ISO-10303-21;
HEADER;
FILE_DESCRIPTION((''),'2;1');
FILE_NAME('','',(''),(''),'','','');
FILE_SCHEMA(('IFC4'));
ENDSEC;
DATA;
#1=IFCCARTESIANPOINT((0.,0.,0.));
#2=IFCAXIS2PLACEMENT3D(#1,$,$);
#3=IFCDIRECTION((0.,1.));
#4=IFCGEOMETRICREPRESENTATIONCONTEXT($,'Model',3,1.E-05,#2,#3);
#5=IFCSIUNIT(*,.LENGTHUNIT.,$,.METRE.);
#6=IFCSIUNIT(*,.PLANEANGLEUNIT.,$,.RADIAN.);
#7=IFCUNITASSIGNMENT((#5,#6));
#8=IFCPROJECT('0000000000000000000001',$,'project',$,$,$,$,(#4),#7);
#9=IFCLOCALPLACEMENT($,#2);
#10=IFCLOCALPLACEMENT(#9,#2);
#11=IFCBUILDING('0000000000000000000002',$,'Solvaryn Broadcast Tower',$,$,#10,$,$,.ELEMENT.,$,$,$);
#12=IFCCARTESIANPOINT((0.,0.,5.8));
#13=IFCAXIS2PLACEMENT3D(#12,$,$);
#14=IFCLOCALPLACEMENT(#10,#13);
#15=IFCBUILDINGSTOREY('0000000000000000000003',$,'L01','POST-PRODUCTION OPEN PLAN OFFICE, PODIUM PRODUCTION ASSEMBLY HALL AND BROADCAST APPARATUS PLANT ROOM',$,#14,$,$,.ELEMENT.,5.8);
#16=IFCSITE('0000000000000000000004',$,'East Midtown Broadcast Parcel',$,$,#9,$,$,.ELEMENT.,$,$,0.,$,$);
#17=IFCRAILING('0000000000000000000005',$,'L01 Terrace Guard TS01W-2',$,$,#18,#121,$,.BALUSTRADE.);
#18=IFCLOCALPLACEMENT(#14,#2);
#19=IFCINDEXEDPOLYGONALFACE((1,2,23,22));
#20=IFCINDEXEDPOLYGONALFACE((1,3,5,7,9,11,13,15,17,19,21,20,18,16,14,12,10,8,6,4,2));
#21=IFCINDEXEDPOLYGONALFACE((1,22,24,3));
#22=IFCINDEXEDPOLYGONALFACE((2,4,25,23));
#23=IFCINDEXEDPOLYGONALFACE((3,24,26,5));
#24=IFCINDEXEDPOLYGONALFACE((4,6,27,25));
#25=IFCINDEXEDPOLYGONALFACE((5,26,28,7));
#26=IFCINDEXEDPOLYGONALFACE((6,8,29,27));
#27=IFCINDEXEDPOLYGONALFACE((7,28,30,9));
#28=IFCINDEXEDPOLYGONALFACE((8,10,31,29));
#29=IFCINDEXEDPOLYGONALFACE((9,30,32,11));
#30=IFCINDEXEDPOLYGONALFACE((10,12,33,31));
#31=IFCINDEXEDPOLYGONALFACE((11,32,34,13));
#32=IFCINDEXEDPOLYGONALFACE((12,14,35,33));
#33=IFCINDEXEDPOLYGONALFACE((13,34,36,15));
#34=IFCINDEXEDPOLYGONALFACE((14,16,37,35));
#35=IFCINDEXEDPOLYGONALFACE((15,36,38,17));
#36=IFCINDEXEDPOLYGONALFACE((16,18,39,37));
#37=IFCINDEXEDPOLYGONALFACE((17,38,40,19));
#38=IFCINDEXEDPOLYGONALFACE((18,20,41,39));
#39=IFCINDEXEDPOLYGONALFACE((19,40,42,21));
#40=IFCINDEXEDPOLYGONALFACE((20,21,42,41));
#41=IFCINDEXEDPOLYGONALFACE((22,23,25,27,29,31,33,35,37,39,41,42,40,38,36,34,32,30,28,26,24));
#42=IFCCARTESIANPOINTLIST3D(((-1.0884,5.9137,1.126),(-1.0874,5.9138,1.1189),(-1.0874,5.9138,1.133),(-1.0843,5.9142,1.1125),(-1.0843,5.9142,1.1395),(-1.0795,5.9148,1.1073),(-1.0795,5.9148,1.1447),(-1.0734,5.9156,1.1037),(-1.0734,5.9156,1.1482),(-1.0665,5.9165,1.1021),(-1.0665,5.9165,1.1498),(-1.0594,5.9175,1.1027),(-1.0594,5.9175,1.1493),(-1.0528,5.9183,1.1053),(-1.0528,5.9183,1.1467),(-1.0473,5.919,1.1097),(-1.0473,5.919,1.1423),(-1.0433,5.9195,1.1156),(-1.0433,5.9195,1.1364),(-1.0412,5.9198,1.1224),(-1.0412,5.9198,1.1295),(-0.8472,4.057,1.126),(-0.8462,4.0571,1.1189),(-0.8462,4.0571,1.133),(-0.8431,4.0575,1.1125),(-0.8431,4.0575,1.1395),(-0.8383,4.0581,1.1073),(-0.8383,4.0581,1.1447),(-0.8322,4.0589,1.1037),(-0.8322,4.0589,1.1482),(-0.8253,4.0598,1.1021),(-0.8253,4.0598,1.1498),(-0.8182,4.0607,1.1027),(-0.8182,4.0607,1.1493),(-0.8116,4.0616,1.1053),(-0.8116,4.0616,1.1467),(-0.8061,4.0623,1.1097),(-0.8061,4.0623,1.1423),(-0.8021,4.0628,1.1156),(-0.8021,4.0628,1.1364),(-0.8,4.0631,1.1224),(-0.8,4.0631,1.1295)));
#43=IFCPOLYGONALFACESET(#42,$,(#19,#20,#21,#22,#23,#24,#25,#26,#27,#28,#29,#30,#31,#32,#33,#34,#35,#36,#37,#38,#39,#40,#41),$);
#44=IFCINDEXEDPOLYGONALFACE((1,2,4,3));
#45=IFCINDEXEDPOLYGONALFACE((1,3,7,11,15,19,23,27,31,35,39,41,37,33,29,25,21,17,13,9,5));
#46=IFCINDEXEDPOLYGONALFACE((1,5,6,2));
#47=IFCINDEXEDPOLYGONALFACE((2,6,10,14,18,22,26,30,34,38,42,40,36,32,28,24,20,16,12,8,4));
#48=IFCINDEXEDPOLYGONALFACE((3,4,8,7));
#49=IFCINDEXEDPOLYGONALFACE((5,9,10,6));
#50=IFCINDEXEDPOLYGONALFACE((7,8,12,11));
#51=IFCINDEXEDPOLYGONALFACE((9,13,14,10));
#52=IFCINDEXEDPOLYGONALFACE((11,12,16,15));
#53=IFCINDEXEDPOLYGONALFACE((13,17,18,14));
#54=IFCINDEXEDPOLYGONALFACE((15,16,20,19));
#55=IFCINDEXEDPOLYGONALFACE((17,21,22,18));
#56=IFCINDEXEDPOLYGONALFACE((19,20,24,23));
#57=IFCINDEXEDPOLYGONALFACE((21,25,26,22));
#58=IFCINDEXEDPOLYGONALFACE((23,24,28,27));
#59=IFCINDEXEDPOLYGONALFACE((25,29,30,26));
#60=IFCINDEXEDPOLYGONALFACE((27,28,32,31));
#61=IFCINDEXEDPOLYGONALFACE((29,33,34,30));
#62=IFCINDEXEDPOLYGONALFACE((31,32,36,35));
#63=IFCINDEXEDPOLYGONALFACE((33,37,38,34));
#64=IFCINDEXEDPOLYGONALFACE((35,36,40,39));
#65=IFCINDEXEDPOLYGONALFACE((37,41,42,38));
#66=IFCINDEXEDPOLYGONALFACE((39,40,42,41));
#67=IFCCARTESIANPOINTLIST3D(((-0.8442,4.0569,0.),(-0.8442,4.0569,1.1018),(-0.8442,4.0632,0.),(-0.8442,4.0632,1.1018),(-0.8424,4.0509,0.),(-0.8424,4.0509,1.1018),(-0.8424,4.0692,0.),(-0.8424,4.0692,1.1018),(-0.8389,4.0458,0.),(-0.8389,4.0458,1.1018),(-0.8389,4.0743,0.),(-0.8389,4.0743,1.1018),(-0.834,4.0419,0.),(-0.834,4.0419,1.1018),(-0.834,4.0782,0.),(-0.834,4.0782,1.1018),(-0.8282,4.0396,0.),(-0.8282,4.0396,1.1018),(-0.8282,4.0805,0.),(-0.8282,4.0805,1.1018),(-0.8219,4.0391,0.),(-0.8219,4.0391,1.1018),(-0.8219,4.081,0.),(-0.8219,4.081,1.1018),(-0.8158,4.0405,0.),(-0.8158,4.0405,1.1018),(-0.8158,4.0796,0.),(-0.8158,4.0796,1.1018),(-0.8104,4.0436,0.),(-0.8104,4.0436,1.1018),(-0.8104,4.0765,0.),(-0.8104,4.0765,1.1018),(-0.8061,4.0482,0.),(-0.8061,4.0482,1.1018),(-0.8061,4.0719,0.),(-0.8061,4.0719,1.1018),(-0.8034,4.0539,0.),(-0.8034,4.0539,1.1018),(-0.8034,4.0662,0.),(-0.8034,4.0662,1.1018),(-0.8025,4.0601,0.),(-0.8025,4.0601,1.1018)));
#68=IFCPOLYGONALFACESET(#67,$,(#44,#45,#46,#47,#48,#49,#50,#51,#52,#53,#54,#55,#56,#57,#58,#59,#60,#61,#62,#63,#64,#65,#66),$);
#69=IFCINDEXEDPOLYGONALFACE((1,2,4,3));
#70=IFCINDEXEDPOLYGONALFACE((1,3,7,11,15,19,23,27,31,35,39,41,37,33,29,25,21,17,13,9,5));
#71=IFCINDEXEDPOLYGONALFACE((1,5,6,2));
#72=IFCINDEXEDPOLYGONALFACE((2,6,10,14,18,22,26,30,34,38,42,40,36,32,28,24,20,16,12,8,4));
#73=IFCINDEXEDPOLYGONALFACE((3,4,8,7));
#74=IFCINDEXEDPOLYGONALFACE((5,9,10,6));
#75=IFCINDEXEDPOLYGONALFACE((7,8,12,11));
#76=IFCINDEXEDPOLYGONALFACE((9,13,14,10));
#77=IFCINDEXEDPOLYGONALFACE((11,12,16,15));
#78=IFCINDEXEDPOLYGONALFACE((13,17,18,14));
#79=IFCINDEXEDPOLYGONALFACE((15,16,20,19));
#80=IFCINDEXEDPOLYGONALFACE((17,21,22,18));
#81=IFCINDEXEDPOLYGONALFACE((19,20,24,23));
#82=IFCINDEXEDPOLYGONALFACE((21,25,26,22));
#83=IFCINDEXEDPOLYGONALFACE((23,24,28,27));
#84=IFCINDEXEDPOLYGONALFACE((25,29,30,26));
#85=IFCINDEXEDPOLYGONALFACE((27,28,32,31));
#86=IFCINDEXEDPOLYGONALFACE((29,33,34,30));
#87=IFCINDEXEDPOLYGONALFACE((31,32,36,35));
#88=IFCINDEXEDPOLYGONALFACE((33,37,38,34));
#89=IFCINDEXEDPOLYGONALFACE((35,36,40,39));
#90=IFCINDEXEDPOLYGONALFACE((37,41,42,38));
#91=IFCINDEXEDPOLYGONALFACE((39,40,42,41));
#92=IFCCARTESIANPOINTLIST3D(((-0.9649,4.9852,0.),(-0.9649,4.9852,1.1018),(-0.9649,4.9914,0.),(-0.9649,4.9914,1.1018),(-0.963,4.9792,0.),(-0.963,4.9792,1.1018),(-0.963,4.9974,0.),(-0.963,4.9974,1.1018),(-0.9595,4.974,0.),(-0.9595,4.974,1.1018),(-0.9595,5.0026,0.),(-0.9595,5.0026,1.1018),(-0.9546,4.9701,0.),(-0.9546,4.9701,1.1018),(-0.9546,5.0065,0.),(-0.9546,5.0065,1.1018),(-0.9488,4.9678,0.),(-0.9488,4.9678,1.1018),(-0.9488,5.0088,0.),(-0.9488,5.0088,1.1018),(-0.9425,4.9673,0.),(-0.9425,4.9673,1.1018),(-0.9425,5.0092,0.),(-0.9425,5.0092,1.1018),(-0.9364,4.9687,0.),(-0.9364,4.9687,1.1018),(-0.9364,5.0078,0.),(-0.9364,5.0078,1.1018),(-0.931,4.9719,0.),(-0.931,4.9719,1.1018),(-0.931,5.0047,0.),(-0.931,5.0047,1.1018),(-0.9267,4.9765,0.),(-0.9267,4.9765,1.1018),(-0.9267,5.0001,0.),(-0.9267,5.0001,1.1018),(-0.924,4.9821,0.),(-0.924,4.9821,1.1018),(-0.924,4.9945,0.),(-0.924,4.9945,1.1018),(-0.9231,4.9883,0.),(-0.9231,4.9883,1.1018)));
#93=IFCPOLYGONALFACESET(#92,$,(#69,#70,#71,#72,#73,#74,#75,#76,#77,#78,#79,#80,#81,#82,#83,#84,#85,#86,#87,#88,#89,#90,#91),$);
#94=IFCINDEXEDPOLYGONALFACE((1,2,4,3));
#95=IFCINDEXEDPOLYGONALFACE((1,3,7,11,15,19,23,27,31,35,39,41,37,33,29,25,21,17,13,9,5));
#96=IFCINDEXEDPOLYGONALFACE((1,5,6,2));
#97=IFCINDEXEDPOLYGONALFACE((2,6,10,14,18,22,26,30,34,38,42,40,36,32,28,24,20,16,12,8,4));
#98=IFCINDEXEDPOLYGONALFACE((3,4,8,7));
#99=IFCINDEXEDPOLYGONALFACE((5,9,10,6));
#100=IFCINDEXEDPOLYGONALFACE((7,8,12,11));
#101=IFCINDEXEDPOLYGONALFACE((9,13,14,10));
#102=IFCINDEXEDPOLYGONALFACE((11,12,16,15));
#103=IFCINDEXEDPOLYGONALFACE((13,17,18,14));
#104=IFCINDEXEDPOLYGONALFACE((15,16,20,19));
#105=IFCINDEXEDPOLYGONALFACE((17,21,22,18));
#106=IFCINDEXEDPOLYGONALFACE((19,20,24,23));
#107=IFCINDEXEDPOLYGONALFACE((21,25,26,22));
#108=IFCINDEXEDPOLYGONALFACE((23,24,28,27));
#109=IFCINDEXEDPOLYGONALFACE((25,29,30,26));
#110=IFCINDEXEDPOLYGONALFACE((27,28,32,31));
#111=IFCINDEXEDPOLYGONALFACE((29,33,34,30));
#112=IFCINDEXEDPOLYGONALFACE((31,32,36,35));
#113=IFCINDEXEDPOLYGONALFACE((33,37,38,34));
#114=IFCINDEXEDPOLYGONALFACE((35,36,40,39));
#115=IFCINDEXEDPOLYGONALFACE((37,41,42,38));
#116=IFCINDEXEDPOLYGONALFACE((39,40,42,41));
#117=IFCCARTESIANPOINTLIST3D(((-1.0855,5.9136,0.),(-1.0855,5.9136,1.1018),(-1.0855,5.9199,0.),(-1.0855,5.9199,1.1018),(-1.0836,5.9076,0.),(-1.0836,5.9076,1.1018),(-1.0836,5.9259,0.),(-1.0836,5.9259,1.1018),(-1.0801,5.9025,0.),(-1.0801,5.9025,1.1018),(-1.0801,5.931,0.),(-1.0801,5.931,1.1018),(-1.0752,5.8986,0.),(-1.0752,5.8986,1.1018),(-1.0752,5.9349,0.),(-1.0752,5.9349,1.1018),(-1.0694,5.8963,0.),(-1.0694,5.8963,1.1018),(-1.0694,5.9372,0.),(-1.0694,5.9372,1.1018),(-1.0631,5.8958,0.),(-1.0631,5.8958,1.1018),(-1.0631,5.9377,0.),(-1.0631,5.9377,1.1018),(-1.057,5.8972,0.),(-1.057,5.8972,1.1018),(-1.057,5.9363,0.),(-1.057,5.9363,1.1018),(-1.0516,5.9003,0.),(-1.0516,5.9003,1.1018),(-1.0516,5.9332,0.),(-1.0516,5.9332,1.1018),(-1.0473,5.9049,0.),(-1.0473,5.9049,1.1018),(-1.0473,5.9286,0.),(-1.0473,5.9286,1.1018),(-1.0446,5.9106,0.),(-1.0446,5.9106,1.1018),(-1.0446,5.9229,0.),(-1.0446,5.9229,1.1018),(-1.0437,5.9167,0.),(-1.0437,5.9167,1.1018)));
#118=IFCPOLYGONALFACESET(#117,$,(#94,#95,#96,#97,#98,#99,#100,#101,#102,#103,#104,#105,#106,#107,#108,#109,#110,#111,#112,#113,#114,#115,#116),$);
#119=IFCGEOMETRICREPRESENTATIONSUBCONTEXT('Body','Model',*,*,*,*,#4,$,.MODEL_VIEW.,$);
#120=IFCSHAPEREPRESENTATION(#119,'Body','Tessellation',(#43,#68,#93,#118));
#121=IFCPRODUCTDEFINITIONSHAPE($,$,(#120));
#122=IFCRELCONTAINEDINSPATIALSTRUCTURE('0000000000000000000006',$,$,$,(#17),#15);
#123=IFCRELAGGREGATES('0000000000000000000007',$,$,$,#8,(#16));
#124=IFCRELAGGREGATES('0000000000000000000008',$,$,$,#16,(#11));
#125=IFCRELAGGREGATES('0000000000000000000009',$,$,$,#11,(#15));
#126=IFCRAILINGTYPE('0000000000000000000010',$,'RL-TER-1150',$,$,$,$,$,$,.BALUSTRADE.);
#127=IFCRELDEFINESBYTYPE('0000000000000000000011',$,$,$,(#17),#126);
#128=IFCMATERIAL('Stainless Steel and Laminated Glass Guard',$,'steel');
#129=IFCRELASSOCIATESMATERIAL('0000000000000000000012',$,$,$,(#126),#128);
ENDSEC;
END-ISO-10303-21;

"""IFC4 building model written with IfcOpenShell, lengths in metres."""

from ifc_helpers import new_model, si_unit, direction, frame, origin, origin_2d, place, context, subcontext, project, spatial, circle, extrude, material, type_object, element, save


model = new_model("IFC4")

# Units and contexts
model_context = context("Model", 3, precision=1e-05, world=origin(), true_north=direction((0.0, 1.0)))
body_context = subcontext(model_context, "Body", "Model", "MODEL_VIEW")
ifc_project = project(units=[si_unit("LENGTHUNIT", "METRE"), si_unit("PLANEANGLEUNIT", "RADIAN")], contexts=[model_context])

# Site, building, storey
site_placement = place(None, origin())
site = spatial("IfcSite", under=ifc_project, at=site_placement, Name="East Midtown Broadcast Parcel", CompositionType="ELEMENT", RefElevation=0.0)
building_placement = place(site_placement, origin())
building = spatial("IfcBuilding", under=site, at=building_placement, Name="Solvaryn Broadcast Tower", CompositionType="ELEMENT")
storey_placement = place(building_placement, frame((0.0, 0.0, 5.8)))
storey = spatial("IfcBuildingStorey", under=building, at=storey_placement, Name="L01", Description="POST-PRODUCTION OPEN PLAN OFFICE, PODIUM PRODUCTION ASSEMBLY HALL AND BROADCAST APPARATUS PLANT ROOM", CompositionType="ELEMENT", Elevation=5.8)

# Railing
ifc_material_1 = material(Name="Stainless Steel and Laminated Glass Guard", Category="steel")
railing_type = type_object("IfcRailingType", Name="RL-TER-1150", PredefinedType="BALUSTRADE", material=ifc_material_1)
railing_1_placement = place(storey_placement, frame((-0.8235, 4.0601, 0.0)))
element("IfcRailing", 1, at=railing_1_placement, inside=storey, type_object=railing_type, Name="L01 Terrace Guard TS01W-2", PredefinedType="BALUSTRADE", context=body_context, shape_type="SweptSolid", body=[
    extrude(circle(Radius=0.0239, at=origin_2d()), frame((0.0, 0.0, 1.126), z_axis=(-0.128832, 0.991666, 0.0), x_axis=(-0.991666, -0.128832, 0.0)), (0.0, 0.0, 1.0), 1.8723),
    extrude(circle(Radius=0.021, at=origin_2d()), origin(), (0.0, 0.0, 1.0), 1.1018),
    extrude(circle(Radius=0.021, at=origin_2d()), frame((-0.1206, 0.9282, 0.0)), (0.0, 0.0, 1.0), 1.1018),
    extrude(circle(Radius=0.021, at=origin_2d()), frame((-0.2412, 1.8567, 0.0)), (0.0, 0.0, 1.0), 1.1018),
])

save(model, "model.ifc")
